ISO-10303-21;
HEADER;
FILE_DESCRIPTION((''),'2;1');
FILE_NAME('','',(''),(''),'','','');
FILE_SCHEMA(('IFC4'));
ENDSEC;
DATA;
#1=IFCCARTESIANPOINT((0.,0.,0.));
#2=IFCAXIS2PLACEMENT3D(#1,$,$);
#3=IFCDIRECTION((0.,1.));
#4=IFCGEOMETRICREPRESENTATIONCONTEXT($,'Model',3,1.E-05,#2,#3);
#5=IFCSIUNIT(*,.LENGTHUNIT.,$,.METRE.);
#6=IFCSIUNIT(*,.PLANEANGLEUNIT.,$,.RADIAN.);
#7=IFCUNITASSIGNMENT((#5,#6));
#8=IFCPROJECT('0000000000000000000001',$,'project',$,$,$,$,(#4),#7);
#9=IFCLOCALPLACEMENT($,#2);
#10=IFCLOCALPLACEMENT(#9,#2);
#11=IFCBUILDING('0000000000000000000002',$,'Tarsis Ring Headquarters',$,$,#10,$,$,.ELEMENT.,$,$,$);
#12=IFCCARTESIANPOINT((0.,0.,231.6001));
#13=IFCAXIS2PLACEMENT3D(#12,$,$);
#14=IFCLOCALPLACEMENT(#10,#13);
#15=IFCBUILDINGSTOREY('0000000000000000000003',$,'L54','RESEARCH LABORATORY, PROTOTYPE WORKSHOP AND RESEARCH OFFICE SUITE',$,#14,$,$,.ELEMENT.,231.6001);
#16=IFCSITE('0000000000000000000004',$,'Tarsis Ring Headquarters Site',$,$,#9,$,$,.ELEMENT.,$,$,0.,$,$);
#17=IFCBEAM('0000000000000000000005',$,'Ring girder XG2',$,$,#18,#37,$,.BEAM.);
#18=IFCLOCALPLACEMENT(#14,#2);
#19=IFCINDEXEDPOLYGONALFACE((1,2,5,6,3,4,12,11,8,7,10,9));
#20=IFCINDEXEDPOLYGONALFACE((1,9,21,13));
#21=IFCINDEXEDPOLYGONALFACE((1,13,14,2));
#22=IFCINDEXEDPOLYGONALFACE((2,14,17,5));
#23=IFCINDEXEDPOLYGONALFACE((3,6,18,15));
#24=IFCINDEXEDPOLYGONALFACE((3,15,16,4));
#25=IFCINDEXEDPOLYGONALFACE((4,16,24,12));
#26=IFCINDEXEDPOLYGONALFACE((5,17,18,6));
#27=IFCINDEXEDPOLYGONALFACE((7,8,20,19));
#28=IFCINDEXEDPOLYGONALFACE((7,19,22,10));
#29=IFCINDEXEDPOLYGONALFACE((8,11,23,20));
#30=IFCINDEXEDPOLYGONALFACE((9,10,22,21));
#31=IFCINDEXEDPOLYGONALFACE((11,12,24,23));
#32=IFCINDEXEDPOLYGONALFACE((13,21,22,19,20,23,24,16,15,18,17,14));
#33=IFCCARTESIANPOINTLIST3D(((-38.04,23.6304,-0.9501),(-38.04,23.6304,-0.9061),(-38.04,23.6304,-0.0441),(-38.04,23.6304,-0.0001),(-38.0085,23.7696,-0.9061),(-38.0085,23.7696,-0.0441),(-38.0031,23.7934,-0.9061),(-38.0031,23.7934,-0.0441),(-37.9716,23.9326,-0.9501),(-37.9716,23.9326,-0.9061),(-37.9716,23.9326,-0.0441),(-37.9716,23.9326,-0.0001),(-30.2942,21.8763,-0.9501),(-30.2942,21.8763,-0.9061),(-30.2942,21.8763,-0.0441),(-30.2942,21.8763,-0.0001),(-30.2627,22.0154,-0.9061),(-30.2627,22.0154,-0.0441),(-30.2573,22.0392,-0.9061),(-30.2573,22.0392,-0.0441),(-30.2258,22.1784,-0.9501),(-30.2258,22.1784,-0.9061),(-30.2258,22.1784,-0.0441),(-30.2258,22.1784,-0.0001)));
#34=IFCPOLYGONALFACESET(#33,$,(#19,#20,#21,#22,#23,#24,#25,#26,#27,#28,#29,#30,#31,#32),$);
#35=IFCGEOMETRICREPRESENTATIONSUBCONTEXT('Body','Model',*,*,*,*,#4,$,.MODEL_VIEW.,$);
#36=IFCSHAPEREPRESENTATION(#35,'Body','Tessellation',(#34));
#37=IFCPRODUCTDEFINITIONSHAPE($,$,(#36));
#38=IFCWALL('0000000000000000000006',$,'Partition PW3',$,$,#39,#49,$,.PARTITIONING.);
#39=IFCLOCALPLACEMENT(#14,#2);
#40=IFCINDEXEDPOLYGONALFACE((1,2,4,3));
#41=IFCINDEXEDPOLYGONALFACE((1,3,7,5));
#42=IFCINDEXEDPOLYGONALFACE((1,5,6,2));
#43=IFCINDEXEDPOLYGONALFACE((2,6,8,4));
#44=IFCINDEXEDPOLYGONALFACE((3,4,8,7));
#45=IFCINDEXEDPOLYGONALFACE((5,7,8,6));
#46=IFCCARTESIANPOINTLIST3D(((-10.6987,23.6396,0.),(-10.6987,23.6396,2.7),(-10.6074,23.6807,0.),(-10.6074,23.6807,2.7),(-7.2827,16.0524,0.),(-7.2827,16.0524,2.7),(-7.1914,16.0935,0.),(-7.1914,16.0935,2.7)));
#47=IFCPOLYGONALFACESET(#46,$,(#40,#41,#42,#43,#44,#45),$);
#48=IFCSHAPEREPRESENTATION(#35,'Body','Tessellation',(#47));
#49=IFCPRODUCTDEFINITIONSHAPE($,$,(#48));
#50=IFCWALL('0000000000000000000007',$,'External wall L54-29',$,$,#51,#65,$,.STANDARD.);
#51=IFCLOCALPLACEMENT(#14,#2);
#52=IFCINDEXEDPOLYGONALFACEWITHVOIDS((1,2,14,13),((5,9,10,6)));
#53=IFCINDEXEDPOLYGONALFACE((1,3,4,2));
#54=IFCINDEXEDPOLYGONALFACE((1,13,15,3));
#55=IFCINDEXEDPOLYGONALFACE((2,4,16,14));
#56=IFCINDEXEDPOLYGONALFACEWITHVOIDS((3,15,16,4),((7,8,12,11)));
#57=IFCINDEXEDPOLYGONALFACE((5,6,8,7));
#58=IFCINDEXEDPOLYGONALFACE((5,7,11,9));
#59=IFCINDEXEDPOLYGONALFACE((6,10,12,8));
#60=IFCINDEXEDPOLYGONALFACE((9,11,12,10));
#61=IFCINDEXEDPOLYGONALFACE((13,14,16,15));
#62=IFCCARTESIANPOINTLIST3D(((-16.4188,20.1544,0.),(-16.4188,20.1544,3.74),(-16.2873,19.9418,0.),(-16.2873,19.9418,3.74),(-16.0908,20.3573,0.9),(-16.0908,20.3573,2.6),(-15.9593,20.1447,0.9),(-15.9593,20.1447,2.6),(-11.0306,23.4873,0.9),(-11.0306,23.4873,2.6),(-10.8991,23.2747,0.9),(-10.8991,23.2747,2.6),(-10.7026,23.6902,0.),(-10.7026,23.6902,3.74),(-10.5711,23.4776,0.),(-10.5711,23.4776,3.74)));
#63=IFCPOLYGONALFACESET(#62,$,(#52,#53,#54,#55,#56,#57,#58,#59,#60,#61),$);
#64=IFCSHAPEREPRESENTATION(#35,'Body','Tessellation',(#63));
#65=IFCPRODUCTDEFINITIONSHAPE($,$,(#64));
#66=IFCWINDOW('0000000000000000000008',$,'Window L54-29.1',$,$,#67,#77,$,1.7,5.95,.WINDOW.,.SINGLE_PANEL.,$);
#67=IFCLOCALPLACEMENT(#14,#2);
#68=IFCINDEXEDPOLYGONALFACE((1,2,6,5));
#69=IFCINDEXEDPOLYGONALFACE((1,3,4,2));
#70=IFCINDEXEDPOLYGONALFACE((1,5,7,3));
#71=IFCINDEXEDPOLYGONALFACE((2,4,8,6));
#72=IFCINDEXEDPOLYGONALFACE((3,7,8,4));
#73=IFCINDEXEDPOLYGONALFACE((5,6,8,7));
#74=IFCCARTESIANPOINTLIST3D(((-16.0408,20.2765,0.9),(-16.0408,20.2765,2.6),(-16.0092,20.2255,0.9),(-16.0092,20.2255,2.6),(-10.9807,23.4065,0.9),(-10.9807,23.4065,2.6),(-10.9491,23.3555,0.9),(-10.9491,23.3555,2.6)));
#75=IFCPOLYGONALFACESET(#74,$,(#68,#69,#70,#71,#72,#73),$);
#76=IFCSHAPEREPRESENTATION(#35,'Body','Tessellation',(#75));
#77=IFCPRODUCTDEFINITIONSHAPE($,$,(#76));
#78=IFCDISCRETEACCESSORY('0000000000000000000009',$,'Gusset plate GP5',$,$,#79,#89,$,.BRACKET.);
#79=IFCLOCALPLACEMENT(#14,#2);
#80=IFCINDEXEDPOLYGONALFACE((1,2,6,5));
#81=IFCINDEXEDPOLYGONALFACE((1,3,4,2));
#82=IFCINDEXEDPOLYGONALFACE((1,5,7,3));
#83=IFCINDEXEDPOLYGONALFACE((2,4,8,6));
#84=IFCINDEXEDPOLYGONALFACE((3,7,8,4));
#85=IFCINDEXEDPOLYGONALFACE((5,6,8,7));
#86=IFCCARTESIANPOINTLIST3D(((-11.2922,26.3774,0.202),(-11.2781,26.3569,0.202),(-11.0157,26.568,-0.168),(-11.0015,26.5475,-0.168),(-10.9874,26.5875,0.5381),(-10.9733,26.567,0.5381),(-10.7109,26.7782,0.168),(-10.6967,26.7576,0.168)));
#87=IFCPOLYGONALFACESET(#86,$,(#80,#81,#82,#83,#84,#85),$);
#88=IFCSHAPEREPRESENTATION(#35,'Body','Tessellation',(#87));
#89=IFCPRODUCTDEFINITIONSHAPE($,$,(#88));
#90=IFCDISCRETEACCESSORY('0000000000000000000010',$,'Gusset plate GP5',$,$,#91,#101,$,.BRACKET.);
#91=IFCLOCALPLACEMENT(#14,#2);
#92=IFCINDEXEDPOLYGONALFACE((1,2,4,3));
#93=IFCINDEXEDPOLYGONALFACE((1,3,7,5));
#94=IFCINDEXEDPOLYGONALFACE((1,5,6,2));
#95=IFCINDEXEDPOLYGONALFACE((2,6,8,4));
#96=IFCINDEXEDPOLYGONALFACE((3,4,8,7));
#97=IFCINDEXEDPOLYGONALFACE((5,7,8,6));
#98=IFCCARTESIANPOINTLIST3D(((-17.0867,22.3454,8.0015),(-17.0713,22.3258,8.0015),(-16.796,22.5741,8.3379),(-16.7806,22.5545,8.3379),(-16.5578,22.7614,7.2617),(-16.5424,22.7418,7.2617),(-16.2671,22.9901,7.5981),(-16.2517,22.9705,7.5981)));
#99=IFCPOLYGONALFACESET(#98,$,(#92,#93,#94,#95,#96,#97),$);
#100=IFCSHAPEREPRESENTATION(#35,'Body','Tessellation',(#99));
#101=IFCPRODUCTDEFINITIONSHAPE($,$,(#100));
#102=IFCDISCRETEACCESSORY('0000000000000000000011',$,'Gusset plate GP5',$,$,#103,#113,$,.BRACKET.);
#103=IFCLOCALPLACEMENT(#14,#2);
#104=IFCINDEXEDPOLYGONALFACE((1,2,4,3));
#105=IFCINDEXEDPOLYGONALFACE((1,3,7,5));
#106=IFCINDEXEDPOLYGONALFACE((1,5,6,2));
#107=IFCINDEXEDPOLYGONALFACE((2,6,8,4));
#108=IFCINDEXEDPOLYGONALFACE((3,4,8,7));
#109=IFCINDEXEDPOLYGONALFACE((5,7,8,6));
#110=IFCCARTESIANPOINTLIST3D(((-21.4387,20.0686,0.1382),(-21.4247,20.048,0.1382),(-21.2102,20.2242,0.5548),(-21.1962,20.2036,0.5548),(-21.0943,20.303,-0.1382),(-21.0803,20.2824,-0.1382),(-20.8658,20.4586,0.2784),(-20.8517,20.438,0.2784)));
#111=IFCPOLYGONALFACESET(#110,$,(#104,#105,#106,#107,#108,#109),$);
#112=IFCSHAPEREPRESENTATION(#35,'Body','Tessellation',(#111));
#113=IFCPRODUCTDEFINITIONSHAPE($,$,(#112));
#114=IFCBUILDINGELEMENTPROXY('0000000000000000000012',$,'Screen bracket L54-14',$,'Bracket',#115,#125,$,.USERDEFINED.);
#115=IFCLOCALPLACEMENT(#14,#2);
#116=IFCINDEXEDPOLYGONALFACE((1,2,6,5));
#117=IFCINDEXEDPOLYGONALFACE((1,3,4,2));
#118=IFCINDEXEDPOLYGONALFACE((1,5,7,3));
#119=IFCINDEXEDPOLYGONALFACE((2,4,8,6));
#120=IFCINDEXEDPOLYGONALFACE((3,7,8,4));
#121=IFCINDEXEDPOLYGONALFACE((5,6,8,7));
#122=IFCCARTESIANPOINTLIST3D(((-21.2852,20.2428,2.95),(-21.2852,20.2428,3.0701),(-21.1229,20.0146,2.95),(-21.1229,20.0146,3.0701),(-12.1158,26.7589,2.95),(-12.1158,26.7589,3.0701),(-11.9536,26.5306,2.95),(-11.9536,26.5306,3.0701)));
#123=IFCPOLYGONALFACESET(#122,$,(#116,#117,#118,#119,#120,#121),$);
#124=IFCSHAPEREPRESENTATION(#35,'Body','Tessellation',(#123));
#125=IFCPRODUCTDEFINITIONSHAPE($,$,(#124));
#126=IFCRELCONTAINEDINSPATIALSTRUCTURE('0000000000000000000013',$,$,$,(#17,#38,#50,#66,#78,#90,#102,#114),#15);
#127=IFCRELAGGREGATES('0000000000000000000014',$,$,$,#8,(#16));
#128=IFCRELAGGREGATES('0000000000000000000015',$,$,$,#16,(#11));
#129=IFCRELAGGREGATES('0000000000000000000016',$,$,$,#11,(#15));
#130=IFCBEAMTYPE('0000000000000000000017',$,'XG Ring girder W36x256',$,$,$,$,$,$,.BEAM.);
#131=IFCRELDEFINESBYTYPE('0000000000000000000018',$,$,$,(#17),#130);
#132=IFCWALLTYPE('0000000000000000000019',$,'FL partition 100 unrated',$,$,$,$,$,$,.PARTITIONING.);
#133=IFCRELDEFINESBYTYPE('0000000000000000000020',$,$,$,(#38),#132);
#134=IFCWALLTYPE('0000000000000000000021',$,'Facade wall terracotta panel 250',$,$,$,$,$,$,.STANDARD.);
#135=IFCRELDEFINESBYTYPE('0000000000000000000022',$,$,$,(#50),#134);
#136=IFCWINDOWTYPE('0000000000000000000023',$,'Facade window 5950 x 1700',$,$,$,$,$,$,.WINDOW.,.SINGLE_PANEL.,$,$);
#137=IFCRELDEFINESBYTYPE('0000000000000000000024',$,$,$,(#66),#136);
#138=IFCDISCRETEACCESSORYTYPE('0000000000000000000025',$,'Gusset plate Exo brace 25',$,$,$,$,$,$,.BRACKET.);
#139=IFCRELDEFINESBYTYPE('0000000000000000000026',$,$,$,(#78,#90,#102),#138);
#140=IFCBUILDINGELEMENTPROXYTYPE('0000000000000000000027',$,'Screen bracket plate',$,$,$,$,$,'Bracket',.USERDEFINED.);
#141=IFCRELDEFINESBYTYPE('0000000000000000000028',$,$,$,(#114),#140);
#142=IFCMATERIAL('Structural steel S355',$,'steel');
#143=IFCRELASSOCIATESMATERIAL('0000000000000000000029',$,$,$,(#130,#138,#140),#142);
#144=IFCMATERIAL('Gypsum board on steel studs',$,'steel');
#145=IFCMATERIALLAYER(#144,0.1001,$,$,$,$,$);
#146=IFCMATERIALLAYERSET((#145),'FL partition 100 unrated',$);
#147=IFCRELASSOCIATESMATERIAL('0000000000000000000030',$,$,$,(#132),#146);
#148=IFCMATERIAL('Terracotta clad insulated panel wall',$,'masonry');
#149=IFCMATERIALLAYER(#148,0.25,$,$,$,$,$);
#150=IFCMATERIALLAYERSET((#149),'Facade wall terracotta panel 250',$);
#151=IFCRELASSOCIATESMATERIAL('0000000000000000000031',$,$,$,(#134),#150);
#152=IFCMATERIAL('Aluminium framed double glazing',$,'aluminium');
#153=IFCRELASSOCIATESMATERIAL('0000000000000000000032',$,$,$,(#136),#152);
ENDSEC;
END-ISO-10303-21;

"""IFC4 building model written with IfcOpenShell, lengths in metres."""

from ifc_helpers import new_model, si_unit, direction, frame, frame_2d, origin, origin_2d, place, context, subcontext, project, spatial, rectangle, i_section, extrude, material, layer, layer_set, material_profile, profile_set, type_object, element, fill, save


model = new_model("IFC4")

# Units and contexts
model_context = context("Model", 3, precision=1e-05, world=origin(), true_north=direction((0.0, 1.0)))
body_context = subcontext(model_context, "Body", "Model", "MODEL_VIEW")
ifc_project = project(units=[si_unit("LENGTHUNIT", "METRE"), si_unit("PLANEANGLEUNIT", "RADIAN")], contexts=[model_context])

# Site, building, storey
site_placement = place(None, origin())
site = spatial("IfcSite", under=ifc_project, at=site_placement, Name="Tarsis Ring Headquarters Site", CompositionType="ELEMENT", RefElevation=0.0)
building_placement = place(site_placement, origin())
building = spatial("IfcBuilding", under=site, at=building_placement, Name="Tarsis Ring Headquarters", CompositionType="ELEMENT")
storey_placement = place(building_placement, frame((0.0, 0.0, 231.6001)))
storey = spatial("IfcBuildingStorey", under=building, at=storey_placement, Name="L54", Description="RESEARCH LABORATORY, PROTOTYPE WORKSHOP AND RESEARCH OFFICE SUITE", CompositionType="ELEMENT", Elevation=231.6001)

# Shared definitions
ifc_material_1 = material(Name="Structural steel S355", Category="steel")

# Shared definitions
ifc_material_profile_1 = material_profile(ifc_material_1, i_section(OverallWidth=0.3098, OverallDepth=0.95, WebThickness=0.0244, FlangeThickness=0.0439, at=origin_2d()), Name="W36x256")
ifc_profile_set_1 = profile_set([ifc_material_profile_1], Name="Structural steel S355")

# Beam
beam_type_1 = type_object("IfcBeamType", Name="XG Ring girder W36x256", PredefinedType="BEAM", material=ifc_profile_set_1)
beam_1_placement = place(storey_placement, frame((-30.26, 22.0273, -0.4751), z_axis=(-0.975303, 0.22087, 0.0), x_axis=(-0.22087, -0.975303, 0.0)))
element("IfcBeam", 1, at=beam_1_placement, inside=storey, type_object=beam_type_1, Name="Ring girder XG2", PredefinedType="BEAM", context=body_context, shape_type="SweptSolid", body=[
    extrude(i_section(OverallWidth=0.3098, OverallDepth=0.95, WebThickness=0.0244, FlangeThickness=0.0439, at=origin_2d()), origin(), (0.0, 0.0, 1.0), 7.9419),
])

# Wall
ifc_material_2 = material(Name="Gypsum board on steel studs", Category="steel")
ifc_layer_1 = layer(ifc_material_2, 0.1001)
ifc_layer_set_1 = layer_set([ifc_layer_1], Name="FL partition 100 unrated")
wall_type_1 = type_object("IfcWallType", Name="FL partition 100 unrated", PredefinedType="PARTITIONING", material=ifc_layer_set_1)
wall_1_placement = place(storey_placement, frame((-10.6531, 23.6602, 0.0), z_axis=(0.0, 0.0, 1.0), x_axis=(0.410544, -0.911841, 0.0)))
element("IfcWall", 2, at=wall_1_placement, inside=storey, type_object=wall_type_1, Name="Partition PW3", PredefinedType="PARTITIONING", context=body_context, shape_type="SweptSolid", body=[
    extrude(rectangle(XDim=8.3208, YDim=0.1001, at=frame_2d((4.1604, 0.0))), origin(), (0.0, 0.0, 1.0), 2.7),
])

# Wall, opening, window
ifc_material_3 = material(Name="Terracotta clad insulated panel wall", Category="masonry")
ifc_layer_2 = layer(ifc_material_3, 0.25)
ifc_layer_set_2 = layer_set([ifc_layer_2], Name="Facade wall terracotta panel 250")
wall_type_2 = type_object("IfcWallType", Name="Facade wall terracotta panel 250", PredefinedType="STANDARD", material=ifc_layer_set_2)
wall_2_placement = place(storey_placement, frame((-10.6367, 23.584, 0.0), z_axis=(0.0, 0.0, 1.0), x_axis=(-0.85045, -0.526056, 0.0)))
wall_2 = element("IfcWall", 3, at=wall_2_placement, inside=storey, type_object=wall_type_2, Name="External wall L54-29", PredefinedType="STANDARD", context=body_context, shape_type="SweptSolid", body=[
    extrude(rectangle(XDim=6.7214, YDim=0.25, at=frame_2d((3.3608, 0.0))), origin(), (0.0, 0.0, 1.0), 3.74),
])
opening_placement = place(wall_2_placement, frame((0.3857, 0.0, 0.8999)))
opening = element("IfcOpeningElement", 4, at=opening_placement, cuts=wall_2, PredefinedType="OPENING", context=body_context, shape_type="SweptSolid", body=[
    extrude(rectangle(XDim=5.95, YDim=1.7, at=frame_2d((2.9751, 0.8501))), frame((0.0, 0.135, 0.0), z_axis=(0.0, -1.0, 0.0), x_axis=(1.0, 0.0, 0.0)), (0.0, 0.0, 1.0), 0.27),
])
ifc_material_4 = material(Name="Aluminium framed double glazing", Category="aluminium")
window_type = type_object("IfcWindowType", Name="Facade window 5950 x 1700", PartitioningType="SINGLE_PANEL", PredefinedType="WINDOW", material=ifc_material_4)
window_placement = place(opening_placement, origin())
window = element("IfcWindow", 5, at=window_placement, inside=storey, type_object=window_type, Name="Window L54-29.1", OverallHeight=1.7, OverallWidth=5.95, PartitioningType="SINGLE_PANEL", PredefinedType="WINDOW", context=body_context, shape_type="SweptSolid", body=[
    extrude(rectangle(XDim=5.95, YDim=1.7, at=frame_2d((2.9751, 0.8501))), frame((0.0, 0.03, 0.0), z_axis=(0.0, -1.0, 0.0), x_axis=(1.0, 0.0, 0.0)), (0.0, 0.0, 1.0), 0.0601),
])
fill(opening, window)

# Discrete accessories
ifc_material_profile_2 = material_profile(ifc_material_1, rectangle(XDim=0.0249, YDim=0.5, at=origin_2d()), Name="PL 25x500")
ifc_profile_set_2 = profile_set([ifc_material_profile_2], Name="Structural steel S355")
discrete_accessory_type = type_object("IfcDiscreteAccessoryType", Name="Gusset plate Exo brace 25", PredefinedType="BRACKET", material=ifc_profile_set_2)
discrete_accessory_1_placement = place(storey_placement, frame((-10.8562, 26.6628, 0.0), z_axis=(-0.553381, -0.381457, 0.740446), x_axis=(0.567546, -0.823342, 0.0)))
element("IfcDiscreteAccessory", 6, at=discrete_accessory_1_placement, inside=storey, type_object=discrete_accessory_type, Name="Gusset plate GP5", PredefinedType="BRACKET", context=body_context, shape_type="SweptSolid", body=[
    extrude(rectangle(XDim=0.0249, YDim=0.5, at=origin_2d()), origin(), (0.0, 0.0, 1.0), 0.4998),
])
discrete_accessory_2_placement = place(storey_placement, frame((-16.4048, 22.866, 7.4299), z_axis=(-0.528827, -0.41603, 0.739771), x_axis=(0.618302, -0.78594, 0.0)))
element("IfcDiscreteAccessory", 7, at=discrete_accessory_2_placement, inside=storey, type_object=discrete_accessory_type, Name="Gusset plate GP5", PredefinedType="BRACKET", context=body_context, shape_type="SweptSolid", body=[
    extrude(rectangle(XDim=0.0249, YDim=0.5, at=origin_2d()), origin(), (0.0, 0.0, 1.0), 1.0),
])
discrete_accessory_3_placement = place(storey_placement, frame((-21.2595, 20.1755, 0.0), z_axis=(0.45714, 0.311109, 0.833207), x_axis=(-0.562624, 0.826713, 0.0)))
element("IfcDiscreteAccessory", 8, at=discrete_accessory_3_placement, inside=storey, type_object=discrete_accessory_type, Name="Gusset plate GP5", PredefinedType="BRACKET", context=body_context, shape_type="SweptSolid", body=[
    extrude(rectangle(XDim=0.0249, YDim=0.5, at=origin_2d()), origin(), (0.0, 0.0, 1.0), 0.5),
])

# Building element proxy
building_element_proxy_type = type_object("IfcBuildingElementProxyType", Name="Screen bracket plate", ElementType="Bracket", PredefinedType="USERDEFINED", material=ifc_material_1)
proxy_placement = place(storey_placement, frame((-16.6194, 23.3867, 2.95), z_axis=(0.0, 0.0, 1.0), x_axis=(-0.815141, -0.579263, 0.0)))
element("IfcBuildingElementProxy", 9, at=proxy_placement, inside=storey, type_object=building_element_proxy_type, Name="Screen bracket L54-14", ObjectType="Bracket", PredefinedType="USERDEFINED", context=body_context, shape_type="SweptSolid", body=[
    extrude(rectangle(XDim=11.2488, YDim=0.28, at=origin_2d()), origin(), (0.0, 0.0, 1.0), 0.1201),
])

save(model, "model.ifc")
